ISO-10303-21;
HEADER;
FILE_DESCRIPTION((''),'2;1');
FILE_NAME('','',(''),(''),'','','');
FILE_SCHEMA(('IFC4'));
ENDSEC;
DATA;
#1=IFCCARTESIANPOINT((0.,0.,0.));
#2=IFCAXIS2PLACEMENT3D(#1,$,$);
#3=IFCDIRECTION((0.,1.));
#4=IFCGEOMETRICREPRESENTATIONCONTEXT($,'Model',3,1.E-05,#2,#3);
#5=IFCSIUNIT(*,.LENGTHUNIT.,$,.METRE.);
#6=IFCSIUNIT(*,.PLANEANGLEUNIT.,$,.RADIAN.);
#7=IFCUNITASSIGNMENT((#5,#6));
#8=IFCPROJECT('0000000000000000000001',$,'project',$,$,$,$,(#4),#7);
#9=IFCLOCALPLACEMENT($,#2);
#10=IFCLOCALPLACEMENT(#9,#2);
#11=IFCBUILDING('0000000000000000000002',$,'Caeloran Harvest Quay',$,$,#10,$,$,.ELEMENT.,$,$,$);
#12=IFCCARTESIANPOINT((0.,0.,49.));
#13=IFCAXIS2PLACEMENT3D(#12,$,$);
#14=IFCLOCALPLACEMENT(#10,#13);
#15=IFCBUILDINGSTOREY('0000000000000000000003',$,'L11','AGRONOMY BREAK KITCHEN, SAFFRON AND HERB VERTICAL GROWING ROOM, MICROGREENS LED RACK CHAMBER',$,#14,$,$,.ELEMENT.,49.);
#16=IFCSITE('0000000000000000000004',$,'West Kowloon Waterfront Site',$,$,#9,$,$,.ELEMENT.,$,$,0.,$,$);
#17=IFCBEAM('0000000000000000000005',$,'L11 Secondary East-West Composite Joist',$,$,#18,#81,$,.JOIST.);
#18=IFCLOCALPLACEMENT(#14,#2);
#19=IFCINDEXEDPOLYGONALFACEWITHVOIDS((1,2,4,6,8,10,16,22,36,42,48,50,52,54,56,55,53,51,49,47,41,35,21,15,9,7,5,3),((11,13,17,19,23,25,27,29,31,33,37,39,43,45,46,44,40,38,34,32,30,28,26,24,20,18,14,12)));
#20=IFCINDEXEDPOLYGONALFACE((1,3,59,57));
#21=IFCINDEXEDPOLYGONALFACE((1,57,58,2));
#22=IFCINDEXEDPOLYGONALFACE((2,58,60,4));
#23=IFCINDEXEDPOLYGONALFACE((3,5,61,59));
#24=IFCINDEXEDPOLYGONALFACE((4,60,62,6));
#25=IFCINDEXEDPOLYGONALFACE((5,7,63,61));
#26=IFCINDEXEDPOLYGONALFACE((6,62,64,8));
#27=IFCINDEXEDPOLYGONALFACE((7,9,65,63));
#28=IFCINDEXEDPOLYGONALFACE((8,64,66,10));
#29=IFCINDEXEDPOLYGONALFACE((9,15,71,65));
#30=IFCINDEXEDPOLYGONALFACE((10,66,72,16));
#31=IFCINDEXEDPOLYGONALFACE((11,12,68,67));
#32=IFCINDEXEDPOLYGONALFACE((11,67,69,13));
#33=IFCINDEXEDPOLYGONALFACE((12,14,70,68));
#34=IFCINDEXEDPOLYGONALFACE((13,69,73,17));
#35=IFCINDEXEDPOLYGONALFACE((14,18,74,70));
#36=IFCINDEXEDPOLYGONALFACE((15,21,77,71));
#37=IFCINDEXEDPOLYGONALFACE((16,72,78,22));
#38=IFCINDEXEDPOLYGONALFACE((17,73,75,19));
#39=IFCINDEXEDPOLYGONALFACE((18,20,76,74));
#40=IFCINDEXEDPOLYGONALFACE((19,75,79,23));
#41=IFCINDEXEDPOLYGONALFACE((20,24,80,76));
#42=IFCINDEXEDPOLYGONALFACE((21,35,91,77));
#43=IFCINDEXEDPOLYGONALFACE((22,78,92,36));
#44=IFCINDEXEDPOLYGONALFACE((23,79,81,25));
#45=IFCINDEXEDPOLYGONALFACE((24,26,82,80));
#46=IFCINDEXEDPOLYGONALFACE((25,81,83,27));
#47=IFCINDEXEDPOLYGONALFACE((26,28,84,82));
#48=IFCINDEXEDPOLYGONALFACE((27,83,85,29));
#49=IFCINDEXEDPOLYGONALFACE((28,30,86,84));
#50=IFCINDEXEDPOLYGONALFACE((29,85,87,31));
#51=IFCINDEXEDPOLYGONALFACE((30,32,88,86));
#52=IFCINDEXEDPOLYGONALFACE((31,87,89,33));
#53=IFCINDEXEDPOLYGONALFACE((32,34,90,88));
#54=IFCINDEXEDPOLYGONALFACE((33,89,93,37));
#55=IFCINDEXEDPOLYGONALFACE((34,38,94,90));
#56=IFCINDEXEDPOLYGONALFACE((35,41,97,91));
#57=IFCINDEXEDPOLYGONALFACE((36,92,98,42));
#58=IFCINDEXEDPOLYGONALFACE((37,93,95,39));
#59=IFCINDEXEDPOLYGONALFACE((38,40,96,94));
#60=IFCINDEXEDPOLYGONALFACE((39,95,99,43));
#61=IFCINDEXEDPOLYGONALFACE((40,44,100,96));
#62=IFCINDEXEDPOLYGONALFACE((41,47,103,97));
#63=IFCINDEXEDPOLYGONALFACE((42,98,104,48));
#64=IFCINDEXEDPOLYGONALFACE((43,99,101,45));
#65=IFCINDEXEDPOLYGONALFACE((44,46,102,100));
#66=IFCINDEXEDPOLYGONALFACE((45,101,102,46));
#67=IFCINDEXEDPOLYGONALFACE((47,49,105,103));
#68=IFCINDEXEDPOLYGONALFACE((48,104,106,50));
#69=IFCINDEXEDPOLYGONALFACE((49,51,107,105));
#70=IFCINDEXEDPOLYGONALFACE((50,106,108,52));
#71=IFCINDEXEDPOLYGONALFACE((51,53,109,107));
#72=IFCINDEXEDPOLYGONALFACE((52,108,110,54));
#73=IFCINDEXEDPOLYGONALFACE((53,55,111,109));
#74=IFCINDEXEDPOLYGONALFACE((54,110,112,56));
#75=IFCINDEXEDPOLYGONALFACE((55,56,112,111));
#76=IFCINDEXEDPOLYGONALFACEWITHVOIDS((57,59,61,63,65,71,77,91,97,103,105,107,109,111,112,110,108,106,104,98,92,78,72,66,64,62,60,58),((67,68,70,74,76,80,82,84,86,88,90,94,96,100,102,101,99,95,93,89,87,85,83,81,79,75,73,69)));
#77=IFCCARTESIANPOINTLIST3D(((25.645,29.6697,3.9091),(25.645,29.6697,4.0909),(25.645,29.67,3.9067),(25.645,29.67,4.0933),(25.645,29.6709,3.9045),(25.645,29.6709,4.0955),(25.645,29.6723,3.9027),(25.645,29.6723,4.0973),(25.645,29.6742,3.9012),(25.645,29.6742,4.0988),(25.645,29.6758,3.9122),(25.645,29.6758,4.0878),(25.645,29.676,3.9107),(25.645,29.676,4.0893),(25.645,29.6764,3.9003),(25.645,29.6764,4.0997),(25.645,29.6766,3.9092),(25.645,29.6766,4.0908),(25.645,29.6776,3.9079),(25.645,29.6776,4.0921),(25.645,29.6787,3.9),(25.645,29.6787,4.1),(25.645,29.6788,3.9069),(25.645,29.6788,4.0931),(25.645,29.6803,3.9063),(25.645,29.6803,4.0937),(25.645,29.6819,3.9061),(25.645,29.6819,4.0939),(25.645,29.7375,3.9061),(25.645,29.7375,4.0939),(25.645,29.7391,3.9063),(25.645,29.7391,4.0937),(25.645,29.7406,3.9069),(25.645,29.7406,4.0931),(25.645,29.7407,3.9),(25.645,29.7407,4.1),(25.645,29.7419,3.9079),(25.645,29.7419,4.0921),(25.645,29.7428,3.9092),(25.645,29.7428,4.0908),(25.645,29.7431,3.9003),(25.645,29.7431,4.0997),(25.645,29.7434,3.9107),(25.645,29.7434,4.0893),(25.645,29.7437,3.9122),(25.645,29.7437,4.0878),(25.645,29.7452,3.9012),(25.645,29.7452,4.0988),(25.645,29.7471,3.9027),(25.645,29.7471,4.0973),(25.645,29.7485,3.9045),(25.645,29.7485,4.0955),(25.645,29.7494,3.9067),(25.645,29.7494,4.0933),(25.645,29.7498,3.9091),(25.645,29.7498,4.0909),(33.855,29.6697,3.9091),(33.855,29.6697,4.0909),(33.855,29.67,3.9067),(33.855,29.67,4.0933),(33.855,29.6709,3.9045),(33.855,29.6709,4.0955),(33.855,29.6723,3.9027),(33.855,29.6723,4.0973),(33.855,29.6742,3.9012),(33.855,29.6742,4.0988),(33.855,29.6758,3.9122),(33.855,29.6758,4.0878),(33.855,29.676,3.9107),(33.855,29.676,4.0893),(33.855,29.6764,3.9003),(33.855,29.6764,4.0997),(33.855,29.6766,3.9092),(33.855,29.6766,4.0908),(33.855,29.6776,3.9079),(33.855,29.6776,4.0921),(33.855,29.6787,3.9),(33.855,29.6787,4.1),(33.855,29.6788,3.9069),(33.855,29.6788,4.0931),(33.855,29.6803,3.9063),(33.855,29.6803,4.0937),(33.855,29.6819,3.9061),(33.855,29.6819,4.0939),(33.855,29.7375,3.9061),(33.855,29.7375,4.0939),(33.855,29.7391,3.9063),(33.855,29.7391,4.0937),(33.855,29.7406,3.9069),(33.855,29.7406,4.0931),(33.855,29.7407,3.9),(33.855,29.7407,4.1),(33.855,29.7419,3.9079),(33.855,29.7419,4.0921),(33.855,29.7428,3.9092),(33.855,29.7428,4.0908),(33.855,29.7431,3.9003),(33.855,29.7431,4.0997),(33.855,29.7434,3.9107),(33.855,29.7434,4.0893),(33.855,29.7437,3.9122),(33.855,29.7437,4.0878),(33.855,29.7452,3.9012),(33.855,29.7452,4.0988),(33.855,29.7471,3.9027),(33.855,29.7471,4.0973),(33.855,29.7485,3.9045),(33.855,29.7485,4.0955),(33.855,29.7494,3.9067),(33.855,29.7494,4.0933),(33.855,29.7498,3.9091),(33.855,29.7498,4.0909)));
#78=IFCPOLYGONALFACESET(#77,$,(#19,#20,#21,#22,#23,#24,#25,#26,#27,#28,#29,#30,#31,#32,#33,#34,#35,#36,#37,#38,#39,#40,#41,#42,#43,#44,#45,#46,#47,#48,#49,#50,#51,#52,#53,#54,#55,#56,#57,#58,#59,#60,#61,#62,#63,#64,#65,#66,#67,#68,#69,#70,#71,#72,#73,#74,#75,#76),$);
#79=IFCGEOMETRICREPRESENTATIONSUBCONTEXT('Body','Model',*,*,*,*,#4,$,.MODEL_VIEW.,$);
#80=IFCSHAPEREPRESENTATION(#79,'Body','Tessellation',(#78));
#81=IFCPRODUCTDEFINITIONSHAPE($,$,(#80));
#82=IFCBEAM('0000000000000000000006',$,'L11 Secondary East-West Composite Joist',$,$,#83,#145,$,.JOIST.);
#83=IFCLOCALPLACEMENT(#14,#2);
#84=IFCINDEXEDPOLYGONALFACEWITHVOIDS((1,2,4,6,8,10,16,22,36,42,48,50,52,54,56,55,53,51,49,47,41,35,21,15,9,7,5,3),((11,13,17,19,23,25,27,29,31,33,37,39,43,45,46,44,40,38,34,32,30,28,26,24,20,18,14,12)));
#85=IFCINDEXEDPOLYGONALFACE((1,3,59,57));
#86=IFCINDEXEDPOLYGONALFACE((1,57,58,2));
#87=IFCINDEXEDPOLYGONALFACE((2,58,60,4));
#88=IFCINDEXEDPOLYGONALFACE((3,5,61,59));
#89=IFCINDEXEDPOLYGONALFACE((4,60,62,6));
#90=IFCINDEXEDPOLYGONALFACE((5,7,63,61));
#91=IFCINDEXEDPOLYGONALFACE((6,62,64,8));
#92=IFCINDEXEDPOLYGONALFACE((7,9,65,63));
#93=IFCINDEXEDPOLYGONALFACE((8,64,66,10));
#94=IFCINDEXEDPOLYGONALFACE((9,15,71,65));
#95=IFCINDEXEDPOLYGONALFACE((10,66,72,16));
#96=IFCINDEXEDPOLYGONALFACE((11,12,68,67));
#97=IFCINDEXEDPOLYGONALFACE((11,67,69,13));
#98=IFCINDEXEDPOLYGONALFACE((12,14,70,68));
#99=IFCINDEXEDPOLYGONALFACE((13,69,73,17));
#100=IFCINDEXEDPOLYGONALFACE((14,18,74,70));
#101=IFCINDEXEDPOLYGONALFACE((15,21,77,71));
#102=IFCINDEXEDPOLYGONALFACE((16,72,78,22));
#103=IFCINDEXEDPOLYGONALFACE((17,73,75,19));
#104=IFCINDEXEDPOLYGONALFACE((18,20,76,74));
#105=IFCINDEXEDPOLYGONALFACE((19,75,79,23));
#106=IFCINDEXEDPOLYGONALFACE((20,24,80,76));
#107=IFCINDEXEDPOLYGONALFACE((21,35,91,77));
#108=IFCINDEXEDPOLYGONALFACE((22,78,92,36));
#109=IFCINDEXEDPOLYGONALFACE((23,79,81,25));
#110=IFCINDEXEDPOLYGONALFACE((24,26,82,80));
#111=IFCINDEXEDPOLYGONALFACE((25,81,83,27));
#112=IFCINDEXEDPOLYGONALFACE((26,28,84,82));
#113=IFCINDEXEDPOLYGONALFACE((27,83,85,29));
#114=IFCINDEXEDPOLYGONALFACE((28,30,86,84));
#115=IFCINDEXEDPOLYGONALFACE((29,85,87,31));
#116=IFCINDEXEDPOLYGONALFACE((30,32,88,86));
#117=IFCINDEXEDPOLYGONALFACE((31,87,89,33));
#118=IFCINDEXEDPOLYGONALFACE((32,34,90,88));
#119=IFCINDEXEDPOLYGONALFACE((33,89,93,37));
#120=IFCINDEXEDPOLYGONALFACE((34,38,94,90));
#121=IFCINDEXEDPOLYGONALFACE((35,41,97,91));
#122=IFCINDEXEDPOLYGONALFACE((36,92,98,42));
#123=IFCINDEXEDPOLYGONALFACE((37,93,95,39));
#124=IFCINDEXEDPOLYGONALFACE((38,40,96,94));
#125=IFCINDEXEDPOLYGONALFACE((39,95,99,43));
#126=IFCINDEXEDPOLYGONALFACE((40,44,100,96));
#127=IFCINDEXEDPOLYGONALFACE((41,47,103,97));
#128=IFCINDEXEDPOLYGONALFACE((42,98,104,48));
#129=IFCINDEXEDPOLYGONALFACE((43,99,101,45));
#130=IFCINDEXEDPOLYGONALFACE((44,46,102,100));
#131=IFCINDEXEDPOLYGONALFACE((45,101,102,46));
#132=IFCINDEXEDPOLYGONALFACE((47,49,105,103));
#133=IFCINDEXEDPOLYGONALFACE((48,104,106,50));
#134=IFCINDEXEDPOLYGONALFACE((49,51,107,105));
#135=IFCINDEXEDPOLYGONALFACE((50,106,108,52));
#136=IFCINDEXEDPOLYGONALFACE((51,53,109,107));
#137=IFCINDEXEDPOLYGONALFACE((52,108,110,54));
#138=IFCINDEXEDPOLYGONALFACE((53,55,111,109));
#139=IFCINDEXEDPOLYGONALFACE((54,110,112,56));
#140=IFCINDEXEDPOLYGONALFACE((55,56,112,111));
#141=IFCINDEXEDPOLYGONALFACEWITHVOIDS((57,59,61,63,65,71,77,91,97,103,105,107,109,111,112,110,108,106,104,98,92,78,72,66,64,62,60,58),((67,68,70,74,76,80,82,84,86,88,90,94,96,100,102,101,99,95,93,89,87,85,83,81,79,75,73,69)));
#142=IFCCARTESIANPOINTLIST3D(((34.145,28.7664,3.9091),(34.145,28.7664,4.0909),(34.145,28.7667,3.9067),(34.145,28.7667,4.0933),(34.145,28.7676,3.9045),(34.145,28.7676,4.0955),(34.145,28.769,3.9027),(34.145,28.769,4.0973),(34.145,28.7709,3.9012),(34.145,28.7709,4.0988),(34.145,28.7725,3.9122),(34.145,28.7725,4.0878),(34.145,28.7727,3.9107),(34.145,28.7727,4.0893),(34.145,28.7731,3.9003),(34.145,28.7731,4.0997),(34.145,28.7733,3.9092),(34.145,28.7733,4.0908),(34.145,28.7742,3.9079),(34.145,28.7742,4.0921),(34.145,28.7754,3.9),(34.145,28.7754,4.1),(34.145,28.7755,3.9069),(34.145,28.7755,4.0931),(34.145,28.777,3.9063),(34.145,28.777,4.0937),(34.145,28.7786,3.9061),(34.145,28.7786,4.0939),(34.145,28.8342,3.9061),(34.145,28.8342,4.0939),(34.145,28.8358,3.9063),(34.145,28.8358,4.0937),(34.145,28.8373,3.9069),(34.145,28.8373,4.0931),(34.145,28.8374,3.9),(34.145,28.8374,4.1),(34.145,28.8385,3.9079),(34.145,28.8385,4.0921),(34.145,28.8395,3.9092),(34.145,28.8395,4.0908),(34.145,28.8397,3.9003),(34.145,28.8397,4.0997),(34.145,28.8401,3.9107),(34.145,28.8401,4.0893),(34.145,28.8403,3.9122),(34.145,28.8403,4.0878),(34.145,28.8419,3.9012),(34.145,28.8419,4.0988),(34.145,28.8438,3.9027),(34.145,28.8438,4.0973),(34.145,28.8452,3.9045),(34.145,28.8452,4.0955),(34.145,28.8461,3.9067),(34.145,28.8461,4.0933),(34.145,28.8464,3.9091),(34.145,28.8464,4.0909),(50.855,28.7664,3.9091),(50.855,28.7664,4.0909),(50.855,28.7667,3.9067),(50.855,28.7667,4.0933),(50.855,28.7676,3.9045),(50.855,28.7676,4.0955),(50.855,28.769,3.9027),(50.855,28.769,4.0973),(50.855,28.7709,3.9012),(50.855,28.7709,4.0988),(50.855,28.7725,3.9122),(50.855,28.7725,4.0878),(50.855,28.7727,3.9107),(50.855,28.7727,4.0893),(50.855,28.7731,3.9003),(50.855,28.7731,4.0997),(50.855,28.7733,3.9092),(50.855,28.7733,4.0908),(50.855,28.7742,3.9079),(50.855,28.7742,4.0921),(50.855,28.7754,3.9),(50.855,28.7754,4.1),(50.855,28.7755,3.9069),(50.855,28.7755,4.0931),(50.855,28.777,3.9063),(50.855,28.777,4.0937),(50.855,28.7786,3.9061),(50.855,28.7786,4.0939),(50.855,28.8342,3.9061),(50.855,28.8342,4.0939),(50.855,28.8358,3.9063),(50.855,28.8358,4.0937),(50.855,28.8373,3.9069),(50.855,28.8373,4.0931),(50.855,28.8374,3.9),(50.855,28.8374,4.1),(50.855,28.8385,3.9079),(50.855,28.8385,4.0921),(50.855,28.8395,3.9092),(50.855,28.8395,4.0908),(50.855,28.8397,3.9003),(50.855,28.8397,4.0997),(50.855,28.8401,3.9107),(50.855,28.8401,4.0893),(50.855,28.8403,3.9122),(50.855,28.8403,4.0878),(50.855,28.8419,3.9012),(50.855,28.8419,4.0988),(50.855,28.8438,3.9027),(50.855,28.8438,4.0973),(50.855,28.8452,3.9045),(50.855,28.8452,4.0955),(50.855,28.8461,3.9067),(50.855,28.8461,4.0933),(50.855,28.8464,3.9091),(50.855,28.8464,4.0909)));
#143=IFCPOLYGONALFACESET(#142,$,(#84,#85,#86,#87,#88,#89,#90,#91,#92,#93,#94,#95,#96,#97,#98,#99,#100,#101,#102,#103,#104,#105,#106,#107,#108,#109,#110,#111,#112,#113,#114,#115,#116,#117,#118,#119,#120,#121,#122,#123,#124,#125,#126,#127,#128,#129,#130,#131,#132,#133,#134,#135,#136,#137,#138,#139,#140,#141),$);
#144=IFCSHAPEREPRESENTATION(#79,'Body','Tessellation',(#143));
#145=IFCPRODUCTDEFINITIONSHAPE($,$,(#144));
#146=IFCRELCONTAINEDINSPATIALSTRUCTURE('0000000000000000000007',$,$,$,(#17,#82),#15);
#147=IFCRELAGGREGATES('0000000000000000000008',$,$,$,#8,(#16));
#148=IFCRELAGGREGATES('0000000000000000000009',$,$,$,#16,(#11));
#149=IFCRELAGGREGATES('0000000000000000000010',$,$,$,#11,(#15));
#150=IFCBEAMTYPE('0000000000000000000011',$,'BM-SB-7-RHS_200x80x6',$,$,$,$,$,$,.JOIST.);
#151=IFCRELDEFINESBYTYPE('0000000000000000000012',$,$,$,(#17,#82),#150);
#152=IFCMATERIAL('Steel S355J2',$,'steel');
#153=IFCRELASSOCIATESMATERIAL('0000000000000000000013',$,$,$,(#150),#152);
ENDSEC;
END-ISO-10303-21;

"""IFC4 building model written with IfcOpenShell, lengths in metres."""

from ifc_helpers import new_model, si_unit, direction, frame, origin, origin_2d, place, context, subcontext, project, spatial, hollow_rectangle, extrude, material, material_profile, profile_set, type_object, element, save


model = new_model("IFC4")

# Units and contexts
model_context = context("Model", 3, precision=1e-05, world=origin(), true_north=direction((0.0, 1.0)))
body_context = subcontext(model_context, "Body", "Model", "MODEL_VIEW")
ifc_project = project(units=[si_unit("LENGTHUNIT", "METRE"), si_unit("PLANEANGLEUNIT", "RADIAN")], contexts=[model_context])

# Site, building, storey
site_placement = place(None, origin())
site = spatial("IfcSite", under=ifc_project, at=site_placement, Name="West Kowloon Waterfront Site", CompositionType="ELEMENT", RefElevation=0.0)
building_placement = place(site_placement, origin())
building = spatial("IfcBuilding", under=site, at=building_placement, Name="Caeloran Harvest Quay", CompositionType="ELEMENT")
storey_placement = place(building_placement, frame((0.0, 0.0, 49.0)))
storey = spatial("IfcBuildingStorey", under=building, at=storey_placement, Name="L11", Description="AGRONOMY BREAK KITCHEN, SAFFRON AND HERB VERTICAL GROWING ROOM, MICROGREENS LED RACK CHAMBER", CompositionType="ELEMENT", Elevation=49.0)

# Beams
ifc_material_1 = material(Name="Steel S355J2", Category="steel")
ifc_material_profile_1 = material_profile(ifc_material_1, hollow_rectangle(XDim=0.0801, YDim=0.2, WallThickness=0.0061, InnerFilletRadius=0.0061, OuterFilletRadius=0.009, at=origin_2d()), Name="RHS 200x80x6")
ifc_profile_set_1 = profile_set([ifc_material_profile_1], Name="Steel S355J2")
beam_type_1 = type_object("IfcBeamType", Name="BM-SB-7-RHS_200x80x6", PredefinedType="JOIST", material=ifc_profile_set_1)
for number, where, z_axis, x_axis, name in (
    (1, (25.645, 29.7097, 4.0), (1.0, 0.0, 0.0), (0.0, 1.0, 0.0), "L11 Secondary East-West Composite Joist"),
):
    element("IfcBeam", number, at=place(storey_placement, frame(where, z_axis=z_axis, x_axis=x_axis)), inside=storey, type_object=beam_type_1, Name=name, PredefinedType="JOIST", context=body_context, shape_type="SweptSolid", body=[
        extrude(hollow_rectangle(XDim=0.0801, YDim=0.2, WallThickness=0.0061, InnerFilletRadius=0.0061, OuterFilletRadius=0.009, at=origin_2d()), origin(), (0.0, 0.0, 1.0), 8.21),
    ])
for number, where, z_axis, x_axis, name in (
    (2, (34.145, 28.8064, 4.0), (1.0, 0.0, 0.0), (0.0, 1.0, 0.0), "L11 Secondary East-West Composite Joist"),
):
    element("IfcBeam", number, at=place(storey_placement, frame(where, z_axis=z_axis, x_axis=x_axis)), inside=storey, type_object=beam_type_1, Name=name, PredefinedType="JOIST", context=body_context, shape_type="SweptSolid", body=[
        extrude(hollow_rectangle(XDim=0.0801, YDim=0.2, WallThickness=0.0061, InnerFilletRadius=0.0061, OuterFilletRadius=0.009, at=origin_2d()), origin(), (0.0, 0.0, 1.0), 16.71),
    ])

save(model, "model.ifc")
